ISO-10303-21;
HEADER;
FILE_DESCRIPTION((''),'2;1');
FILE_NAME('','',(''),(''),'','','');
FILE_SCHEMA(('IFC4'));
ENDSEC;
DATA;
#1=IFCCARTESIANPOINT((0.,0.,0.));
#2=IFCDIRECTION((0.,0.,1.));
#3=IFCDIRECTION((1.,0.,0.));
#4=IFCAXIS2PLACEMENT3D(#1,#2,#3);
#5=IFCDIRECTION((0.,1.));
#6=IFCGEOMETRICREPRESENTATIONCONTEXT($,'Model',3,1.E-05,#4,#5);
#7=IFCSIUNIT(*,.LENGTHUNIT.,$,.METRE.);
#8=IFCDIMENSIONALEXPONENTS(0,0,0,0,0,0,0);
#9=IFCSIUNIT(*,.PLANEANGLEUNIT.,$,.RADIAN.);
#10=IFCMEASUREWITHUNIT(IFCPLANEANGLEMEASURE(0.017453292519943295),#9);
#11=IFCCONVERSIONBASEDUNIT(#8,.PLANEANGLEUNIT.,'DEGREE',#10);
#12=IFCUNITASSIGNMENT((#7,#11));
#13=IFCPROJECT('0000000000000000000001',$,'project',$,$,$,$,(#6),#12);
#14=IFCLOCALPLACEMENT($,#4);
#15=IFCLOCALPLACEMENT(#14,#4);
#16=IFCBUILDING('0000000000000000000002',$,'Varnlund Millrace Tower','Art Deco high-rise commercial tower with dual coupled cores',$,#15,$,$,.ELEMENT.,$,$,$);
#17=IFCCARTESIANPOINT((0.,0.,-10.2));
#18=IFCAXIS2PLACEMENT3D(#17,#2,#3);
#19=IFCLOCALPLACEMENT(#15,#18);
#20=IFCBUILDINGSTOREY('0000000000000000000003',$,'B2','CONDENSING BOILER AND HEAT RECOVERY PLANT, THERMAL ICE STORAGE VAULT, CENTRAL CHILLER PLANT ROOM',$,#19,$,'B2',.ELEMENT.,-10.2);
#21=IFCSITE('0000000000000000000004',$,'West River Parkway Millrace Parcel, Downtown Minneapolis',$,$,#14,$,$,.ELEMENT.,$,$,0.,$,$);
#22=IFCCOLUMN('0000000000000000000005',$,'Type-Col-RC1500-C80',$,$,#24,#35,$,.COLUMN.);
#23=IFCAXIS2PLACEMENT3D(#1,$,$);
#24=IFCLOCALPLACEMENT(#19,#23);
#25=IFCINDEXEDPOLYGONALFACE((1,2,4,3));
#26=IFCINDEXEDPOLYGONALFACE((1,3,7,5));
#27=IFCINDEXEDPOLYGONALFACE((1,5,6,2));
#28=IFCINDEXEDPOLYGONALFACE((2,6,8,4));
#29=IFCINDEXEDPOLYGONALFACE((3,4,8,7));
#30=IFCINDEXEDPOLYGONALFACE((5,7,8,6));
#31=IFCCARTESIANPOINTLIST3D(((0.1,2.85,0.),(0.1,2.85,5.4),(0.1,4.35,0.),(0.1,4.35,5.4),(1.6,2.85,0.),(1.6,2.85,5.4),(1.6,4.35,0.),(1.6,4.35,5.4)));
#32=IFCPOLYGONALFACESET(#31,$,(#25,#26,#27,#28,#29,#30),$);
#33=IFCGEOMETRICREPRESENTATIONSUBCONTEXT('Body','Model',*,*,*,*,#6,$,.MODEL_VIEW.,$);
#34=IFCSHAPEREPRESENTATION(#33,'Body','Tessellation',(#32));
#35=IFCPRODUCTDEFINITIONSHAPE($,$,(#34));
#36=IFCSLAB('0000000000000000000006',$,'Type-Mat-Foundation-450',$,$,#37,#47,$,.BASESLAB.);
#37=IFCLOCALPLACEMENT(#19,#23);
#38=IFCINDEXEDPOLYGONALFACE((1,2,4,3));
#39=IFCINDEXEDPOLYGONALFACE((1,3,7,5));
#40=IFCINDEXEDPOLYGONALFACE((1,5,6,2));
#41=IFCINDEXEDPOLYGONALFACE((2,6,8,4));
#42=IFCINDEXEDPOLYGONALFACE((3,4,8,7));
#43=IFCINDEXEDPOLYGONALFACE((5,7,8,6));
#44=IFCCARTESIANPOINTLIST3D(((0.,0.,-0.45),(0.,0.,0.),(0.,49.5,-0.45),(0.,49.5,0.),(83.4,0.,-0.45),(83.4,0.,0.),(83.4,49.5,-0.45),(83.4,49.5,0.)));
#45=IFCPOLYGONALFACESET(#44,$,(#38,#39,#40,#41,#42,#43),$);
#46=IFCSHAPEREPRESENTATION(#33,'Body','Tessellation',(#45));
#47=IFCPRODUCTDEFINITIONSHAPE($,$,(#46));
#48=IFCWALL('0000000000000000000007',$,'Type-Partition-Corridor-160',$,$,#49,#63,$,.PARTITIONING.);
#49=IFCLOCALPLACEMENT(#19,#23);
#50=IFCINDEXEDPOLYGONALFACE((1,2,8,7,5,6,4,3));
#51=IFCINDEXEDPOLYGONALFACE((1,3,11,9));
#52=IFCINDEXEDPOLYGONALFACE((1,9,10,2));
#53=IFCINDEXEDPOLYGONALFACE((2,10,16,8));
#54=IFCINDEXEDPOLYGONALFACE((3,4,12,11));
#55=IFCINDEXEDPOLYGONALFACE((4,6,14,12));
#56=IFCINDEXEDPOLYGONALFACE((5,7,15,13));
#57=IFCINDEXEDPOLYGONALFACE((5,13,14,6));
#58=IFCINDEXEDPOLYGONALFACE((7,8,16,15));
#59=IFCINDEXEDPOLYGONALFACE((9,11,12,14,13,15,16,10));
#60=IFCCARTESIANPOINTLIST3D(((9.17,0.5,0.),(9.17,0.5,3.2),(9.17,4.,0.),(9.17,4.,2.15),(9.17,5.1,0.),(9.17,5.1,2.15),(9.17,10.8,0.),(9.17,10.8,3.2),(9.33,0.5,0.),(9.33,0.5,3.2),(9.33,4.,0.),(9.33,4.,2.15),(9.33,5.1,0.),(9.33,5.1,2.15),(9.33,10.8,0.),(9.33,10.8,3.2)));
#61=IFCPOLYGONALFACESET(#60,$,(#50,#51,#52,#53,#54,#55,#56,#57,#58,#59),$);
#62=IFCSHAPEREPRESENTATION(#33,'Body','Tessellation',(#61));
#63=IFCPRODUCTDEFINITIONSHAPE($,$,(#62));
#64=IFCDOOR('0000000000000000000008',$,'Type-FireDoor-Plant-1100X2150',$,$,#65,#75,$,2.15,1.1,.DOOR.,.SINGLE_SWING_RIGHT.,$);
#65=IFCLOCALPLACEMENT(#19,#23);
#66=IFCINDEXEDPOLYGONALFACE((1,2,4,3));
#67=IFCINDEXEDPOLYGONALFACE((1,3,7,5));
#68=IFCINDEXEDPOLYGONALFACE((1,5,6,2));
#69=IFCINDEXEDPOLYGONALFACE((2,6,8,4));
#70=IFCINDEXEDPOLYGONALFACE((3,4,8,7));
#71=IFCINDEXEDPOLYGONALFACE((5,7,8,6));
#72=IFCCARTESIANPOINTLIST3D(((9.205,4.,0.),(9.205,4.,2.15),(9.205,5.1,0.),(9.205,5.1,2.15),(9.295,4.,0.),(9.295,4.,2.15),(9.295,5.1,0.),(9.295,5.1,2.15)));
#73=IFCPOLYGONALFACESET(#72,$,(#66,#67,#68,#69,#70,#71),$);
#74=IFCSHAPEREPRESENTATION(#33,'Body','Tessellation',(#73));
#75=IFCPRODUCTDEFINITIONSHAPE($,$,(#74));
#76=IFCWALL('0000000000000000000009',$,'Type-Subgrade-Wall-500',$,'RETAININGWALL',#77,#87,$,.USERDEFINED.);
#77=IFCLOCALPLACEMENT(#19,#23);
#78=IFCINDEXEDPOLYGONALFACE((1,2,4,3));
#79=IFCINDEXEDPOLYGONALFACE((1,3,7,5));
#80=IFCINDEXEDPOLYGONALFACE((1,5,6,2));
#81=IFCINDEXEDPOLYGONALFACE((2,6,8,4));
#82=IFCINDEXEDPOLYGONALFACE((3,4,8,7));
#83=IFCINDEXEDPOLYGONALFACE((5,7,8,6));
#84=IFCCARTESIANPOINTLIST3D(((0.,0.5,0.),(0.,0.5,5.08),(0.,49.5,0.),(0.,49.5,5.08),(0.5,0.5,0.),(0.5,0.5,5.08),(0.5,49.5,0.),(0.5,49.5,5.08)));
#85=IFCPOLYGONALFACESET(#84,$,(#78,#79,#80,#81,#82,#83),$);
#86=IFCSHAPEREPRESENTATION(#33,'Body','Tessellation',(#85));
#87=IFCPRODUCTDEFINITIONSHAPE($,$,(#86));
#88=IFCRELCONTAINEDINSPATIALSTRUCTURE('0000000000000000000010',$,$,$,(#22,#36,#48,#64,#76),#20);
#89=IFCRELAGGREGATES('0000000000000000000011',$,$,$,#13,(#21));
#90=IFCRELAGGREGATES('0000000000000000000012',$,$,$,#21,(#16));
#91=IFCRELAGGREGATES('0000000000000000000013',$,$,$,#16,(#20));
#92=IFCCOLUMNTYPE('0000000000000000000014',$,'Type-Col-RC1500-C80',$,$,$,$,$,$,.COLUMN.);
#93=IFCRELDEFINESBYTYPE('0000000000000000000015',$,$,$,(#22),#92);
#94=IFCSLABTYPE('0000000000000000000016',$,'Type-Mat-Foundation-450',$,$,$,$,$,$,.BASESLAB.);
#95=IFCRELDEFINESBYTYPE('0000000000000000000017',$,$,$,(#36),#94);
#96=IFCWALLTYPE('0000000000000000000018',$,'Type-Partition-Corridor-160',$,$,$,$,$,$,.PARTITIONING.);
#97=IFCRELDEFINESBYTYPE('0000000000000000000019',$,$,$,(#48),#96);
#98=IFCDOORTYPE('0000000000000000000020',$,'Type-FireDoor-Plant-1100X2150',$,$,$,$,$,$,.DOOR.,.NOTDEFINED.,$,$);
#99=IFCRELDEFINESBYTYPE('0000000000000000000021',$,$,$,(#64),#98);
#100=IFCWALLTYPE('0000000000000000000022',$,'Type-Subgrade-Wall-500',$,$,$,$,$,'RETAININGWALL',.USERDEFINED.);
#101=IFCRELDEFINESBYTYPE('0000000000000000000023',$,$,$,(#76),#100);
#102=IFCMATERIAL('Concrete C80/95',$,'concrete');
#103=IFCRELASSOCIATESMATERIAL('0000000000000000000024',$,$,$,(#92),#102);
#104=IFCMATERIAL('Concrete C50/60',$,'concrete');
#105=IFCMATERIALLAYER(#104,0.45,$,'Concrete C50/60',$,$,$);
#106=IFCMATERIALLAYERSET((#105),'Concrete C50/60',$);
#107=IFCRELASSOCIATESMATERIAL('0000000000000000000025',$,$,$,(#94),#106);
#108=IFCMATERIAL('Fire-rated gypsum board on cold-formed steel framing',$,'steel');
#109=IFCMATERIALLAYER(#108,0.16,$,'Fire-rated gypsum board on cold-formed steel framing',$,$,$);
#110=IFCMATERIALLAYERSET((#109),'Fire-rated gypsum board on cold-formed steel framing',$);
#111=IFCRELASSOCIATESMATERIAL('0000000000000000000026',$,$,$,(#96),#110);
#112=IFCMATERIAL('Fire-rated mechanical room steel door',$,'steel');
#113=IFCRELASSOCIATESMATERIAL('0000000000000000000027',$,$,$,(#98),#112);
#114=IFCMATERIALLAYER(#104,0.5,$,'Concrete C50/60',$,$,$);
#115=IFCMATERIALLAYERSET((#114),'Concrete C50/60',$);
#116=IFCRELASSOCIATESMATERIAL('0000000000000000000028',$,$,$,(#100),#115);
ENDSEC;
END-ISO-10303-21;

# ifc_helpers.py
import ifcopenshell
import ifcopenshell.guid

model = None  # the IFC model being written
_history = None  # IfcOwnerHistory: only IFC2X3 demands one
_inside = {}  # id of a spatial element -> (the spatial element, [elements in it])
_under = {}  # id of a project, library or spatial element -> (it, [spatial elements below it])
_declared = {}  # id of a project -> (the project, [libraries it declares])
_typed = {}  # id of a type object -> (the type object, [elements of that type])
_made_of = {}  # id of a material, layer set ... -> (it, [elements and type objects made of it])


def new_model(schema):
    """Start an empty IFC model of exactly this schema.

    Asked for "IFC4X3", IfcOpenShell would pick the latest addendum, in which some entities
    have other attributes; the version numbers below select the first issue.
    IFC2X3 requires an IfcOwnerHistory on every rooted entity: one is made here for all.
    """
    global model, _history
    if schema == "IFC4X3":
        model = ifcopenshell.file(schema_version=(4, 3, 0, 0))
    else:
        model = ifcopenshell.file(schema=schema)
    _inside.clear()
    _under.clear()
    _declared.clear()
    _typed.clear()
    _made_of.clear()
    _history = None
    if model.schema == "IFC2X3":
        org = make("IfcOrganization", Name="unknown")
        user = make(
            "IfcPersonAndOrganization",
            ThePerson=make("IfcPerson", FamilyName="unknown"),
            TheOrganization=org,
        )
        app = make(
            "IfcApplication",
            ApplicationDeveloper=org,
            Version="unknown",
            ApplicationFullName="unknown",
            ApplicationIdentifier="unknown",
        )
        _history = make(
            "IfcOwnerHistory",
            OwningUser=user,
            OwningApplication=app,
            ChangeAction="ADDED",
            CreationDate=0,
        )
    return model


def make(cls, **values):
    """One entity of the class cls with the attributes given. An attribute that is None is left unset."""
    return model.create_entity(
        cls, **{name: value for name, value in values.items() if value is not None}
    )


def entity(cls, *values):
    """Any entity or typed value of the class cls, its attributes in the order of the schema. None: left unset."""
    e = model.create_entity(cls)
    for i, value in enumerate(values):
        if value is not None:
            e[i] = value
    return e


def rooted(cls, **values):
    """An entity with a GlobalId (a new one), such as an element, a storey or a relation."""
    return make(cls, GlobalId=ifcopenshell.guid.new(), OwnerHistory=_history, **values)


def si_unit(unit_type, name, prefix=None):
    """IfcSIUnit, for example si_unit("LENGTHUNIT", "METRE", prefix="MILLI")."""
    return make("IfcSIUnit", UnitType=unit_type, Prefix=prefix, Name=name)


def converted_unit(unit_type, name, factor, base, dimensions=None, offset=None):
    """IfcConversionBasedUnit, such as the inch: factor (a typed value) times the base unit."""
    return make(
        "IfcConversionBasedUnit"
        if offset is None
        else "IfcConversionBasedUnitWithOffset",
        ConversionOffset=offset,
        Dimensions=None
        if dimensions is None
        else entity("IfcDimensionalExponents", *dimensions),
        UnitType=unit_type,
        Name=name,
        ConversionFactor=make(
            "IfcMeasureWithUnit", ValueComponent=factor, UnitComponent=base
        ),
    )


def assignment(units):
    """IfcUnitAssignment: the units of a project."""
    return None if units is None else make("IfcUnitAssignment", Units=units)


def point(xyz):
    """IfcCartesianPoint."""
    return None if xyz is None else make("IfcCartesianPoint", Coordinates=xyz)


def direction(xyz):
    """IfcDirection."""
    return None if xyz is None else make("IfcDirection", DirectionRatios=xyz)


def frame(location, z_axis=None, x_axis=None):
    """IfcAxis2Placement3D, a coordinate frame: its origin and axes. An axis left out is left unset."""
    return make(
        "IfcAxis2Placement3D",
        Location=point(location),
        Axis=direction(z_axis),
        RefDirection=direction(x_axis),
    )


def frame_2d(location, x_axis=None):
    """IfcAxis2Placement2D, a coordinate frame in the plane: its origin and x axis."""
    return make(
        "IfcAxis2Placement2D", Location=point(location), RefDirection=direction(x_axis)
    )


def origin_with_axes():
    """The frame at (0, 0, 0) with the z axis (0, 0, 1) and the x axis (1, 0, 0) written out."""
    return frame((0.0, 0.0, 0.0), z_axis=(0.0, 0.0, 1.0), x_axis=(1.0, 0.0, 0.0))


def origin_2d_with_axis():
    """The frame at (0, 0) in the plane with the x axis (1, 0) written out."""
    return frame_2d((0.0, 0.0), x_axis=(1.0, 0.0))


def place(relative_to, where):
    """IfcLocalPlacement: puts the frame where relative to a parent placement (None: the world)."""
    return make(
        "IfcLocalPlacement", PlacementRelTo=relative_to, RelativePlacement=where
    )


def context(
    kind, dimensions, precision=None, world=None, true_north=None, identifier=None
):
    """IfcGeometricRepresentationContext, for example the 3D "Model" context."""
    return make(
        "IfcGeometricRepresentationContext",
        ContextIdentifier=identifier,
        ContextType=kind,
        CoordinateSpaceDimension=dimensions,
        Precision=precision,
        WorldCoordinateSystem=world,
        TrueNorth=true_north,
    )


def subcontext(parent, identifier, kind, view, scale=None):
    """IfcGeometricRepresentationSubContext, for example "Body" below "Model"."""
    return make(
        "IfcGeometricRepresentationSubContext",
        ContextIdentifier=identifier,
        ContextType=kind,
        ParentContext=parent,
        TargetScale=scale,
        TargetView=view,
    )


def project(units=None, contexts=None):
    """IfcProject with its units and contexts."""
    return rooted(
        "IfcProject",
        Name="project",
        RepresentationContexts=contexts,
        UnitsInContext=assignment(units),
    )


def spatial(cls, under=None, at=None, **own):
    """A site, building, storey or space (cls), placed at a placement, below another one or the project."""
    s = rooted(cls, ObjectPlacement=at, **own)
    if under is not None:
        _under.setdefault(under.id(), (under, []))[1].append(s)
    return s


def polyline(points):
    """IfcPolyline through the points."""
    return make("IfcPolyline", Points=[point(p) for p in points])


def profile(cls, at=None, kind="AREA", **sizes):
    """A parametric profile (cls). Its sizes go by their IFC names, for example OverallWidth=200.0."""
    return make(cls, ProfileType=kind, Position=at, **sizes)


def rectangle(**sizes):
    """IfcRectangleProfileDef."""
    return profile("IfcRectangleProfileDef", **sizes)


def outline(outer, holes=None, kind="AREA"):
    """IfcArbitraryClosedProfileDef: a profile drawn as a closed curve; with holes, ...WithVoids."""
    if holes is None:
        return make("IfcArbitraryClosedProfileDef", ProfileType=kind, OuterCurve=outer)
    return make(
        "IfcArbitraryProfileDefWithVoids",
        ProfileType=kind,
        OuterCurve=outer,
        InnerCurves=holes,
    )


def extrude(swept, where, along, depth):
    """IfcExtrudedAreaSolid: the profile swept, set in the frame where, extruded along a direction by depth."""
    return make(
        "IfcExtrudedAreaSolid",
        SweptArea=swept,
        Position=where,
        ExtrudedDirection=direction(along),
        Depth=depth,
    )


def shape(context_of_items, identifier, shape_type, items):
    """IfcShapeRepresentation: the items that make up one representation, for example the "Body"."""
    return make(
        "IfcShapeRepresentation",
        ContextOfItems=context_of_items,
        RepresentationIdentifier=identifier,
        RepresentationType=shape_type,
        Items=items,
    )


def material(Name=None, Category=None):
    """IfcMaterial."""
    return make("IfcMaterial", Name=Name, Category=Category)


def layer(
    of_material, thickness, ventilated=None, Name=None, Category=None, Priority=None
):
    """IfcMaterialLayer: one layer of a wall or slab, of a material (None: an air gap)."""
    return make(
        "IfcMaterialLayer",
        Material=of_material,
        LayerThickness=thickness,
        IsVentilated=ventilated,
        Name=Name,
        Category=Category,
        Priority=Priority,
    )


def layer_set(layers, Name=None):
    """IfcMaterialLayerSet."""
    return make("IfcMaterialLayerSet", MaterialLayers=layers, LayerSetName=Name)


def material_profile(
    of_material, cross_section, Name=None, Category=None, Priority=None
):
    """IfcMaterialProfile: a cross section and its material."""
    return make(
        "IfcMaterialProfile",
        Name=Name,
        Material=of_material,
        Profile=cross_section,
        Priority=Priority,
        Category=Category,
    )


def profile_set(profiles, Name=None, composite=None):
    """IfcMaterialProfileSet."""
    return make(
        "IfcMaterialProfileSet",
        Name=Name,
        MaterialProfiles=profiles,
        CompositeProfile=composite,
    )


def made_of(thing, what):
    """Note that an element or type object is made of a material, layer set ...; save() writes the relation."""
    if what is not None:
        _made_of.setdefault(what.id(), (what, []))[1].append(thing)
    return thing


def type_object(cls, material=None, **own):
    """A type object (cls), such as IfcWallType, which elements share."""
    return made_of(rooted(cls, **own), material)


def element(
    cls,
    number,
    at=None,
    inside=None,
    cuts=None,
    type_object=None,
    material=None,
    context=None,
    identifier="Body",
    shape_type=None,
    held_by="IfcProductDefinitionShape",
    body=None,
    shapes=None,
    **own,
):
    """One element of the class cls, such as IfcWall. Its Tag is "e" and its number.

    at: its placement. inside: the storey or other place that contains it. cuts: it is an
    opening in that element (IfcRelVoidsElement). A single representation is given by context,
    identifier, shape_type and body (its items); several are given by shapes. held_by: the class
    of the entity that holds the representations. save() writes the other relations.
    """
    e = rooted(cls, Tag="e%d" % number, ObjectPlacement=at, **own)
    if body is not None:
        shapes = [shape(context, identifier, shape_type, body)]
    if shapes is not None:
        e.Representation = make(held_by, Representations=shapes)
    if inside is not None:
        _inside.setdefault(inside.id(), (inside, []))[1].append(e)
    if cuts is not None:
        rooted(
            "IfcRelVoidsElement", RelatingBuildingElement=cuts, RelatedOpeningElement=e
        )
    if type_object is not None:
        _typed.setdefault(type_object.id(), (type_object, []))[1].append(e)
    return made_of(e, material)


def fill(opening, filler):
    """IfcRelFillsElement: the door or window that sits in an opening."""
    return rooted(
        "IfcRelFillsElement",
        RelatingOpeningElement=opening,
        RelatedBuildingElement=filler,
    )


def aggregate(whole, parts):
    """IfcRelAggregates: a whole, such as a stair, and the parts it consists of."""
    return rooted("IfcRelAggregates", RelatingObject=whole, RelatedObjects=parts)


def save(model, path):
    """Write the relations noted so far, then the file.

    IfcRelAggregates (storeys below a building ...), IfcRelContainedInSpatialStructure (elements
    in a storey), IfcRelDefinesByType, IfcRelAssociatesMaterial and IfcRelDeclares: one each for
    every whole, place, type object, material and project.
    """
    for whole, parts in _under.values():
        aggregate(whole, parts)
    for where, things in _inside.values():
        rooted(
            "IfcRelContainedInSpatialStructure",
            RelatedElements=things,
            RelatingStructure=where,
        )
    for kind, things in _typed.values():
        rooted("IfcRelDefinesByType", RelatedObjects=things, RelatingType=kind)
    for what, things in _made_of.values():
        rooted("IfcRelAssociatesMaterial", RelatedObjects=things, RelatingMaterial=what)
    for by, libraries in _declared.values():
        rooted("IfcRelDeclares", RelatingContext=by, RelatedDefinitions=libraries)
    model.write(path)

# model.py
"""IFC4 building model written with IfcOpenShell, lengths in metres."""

from ifc_helpers import new_model, entity, si_unit, converted_unit, direction, frame, origin_with_axes, origin_2d_with_axis, place, context, subcontext, project, spatial, polyline, rectangle, outline, extrude, material, layer, layer_set, material_profile, profile_set, type_object, element, fill, save


model = new_model("IFC4")

# Units and contexts
model_context = context("Model", 3, precision=1e-05, world=origin_with_axes(), true_north=direction((0.0, 1.0)))
body_context = subcontext(model_context, "Body", "Model", "MODEL_VIEW")
ifc_project = project(units=[si_unit("LENGTHUNIT", "METRE"), converted_unit("PLANEANGLEUNIT", "DEGREE", entity("IfcPlaneAngleMeasure", 0.017453292519943295), si_unit("PLANEANGLEUNIT", "RADIAN"), dimensions=[0, 0, 0, 0, 0, 0, 0])], contexts=[model_context])

# Site, building, storey
site_placement = place(None, origin_with_axes())
site = spatial("IfcSite", under=ifc_project, at=site_placement, Name="West River Parkway Millrace Parcel, Downtown Minneapolis", CompositionType="ELEMENT", RefElevation=0.0)
building_placement = place(site_placement, origin_with_axes())
building = spatial("IfcBuilding", under=site, at=building_placement, Name="Varnlund Millrace Tower", Description="Art Deco high-rise commercial tower with dual coupled cores", CompositionType="ELEMENT")
storey_placement = place(building_placement, frame((0.0, 0.0, -10.2), z_axis=(0.0, 0.0, 1.0), x_axis=(1.0, 0.0, 0.0)))
storey = spatial("IfcBuildingStorey", under=building, at=storey_placement, Name="B2", Description="CONDENSING BOILER AND HEAT RECOVERY PLANT, THERMAL ICE STORAGE VAULT, CENTRAL CHILLER PLANT ROOM", LongName="B2", CompositionType="ELEMENT", Elevation=-10.2)

# Shared definitions
ifc_material_1 = material(Name="Concrete C50/60", Category="concrete")

# Column
ifc_material_2 = material(Name="Concrete C80/95", Category="concrete")
ifc_material_profile_1 = material_profile(ifc_material_2, rectangle(XDim=1.5, YDim=1.5, at=origin_2d_with_axis()), Name="Concrete C80/95")
ifc_profile_set_1 = profile_set([ifc_material_profile_1], Name="Concrete C80/95")
column_type = type_object("IfcColumnType", Name="Type-Col-RC1500-C80", PredefinedType="COLUMN", material=ifc_profile_set_1)
column_placement = place(storey_placement, frame((0.85, 3.6, 0.0), z_axis=(0.0, 0.0, 1.0), x_axis=(1.0, 0.0, 0.0)))
element("IfcColumn", 1, at=column_placement, inside=storey, type_object=column_type, Name="Type-Col-RC1500-C80", PredefinedType="COLUMN", context=body_context, shape_type="SweptSolid", body=[
    extrude(rectangle(XDim=1.5, YDim=1.5, at=origin_2d_with_axis()), origin_with_axes(), (0.0, 0.0, 1.0), 5.4),
])

# Slab
ifc_layer_1 = layer(ifc_material_1, 0.45, Name="Concrete C50/60")
ifc_layer_set_1 = layer_set([ifc_layer_1], Name="Concrete C50/60")
slab_type = type_object("IfcSlabType", Name="Type-Mat-Foundation-450", PredefinedType="BASESLAB", material=ifc_layer_set_1)
slab_placement = place(storey_placement, frame((0.0, 0.0, -0.45), z_axis=(0.0, 0.0, 1.0), x_axis=(1.0, 0.0, 0.0)))
element("IfcSlab", 2, at=slab_placement, inside=storey, type_object=slab_type, Name="Type-Mat-Foundation-450", PredefinedType="BASESLAB", context=body_context, shape_type="SweptSolid", body=[
    extrude(outline(polyline([(83.4, 0.0), (83.4, 49.5), (0.0, 49.5), (0.0, 0.0), (83.4, 0.0)])), origin_with_axes(), (0.0, 0.0, 1.0), 0.45),
])

# Wall, opening, door
ifc_material_3 = material(Name="Fire-rated gypsum board on cold-formed steel framing", Category="steel")
ifc_layer_2 = layer(ifc_material_3, 0.16, Name="Fire-rated gypsum board on cold-formed steel framing")
ifc_layer_set_2 = layer_set([ifc_layer_2], Name="Fire-rated gypsum board on cold-formed steel framing")
wall_type_1 = type_object("IfcWallType", Name="Type-Partition-Corridor-160", PredefinedType="PARTITIONING", material=ifc_layer_set_2)
wall_1_placement = place(storey_placement, frame((9.25, 0.5, 0.0), z_axis=(0.0, 0.0, 1.0), x_axis=(0.0, 1.0, 0.0)))
wall_1 = element("IfcWall", 3, at=wall_1_placement, inside=storey, type_object=wall_type_1, Name="Type-Partition-Corridor-160", PredefinedType="PARTITIONING", context=body_context, shape_type="SweptSolid", body=[
    extrude(outline(polyline([(0.0, -0.08), (10.3, -0.08), (10.3, 0.08), (0.0, 0.08), (0.0, -0.08)])), origin_with_axes(), (0.0, 0.0, 1.0), 3.2),
])
opening_placement = place(wall_1_placement, frame((4.05, 0.0, 0.0), z_axis=(0.0, 0.0, 1.0), x_axis=(1.0, 0.0, 0.0)))
opening = element("IfcOpeningElement", 4, at=opening_placement, cuts=wall_1, PredefinedType="OPENING", context=body_context, shape_type="SweptSolid", body=[
    extrude(rectangle(XDim=1.1, YDim=0.18, at=origin_2d_with_axis()), origin_with_axes(), (0.0, 0.0, 1.0), 2.15),
])
ifc_material_4 = material(Name="Fire-rated mechanical room steel door", Category="steel")
door_type = type_object("IfcDoorType", Name="Type-FireDoor-Plant-1100X2150", OperationType="NOTDEFINED", PredefinedType="DOOR", material=ifc_material_4)
door_placement = place(wall_1_placement, frame((4.05, 0.0, 0.0), z_axis=(0.0, 0.0, 1.0), x_axis=(1.0, 0.0, 0.0)))
door = element("IfcDoor", 5, at=door_placement, inside=storey, type_object=door_type, Name="Type-FireDoor-Plant-1100X2150", OperationType="SINGLE_SWING_RIGHT", OverallHeight=2.15, OverallWidth=1.1, PredefinedType="DOOR", context=body_context, shape_type="SweptSolid", body=[
    extrude(rectangle(XDim=1.1, YDim=0.09, at=origin_2d_with_axis()), origin_with_axes(), (0.0, 0.0, 1.0), 2.15),
])
fill(opening, door)

# Wall
ifc_layer_3 = layer(ifc_material_1, 0.5, Name="Concrete C50/60")
ifc_layer_set_3 = layer_set([ifc_layer_3], Name="Concrete C50/60")
wall_type_2 = type_object("IfcWallType", Name="Type-Subgrade-Wall-500", ElementType="RETAININGWALL", PredefinedType="USERDEFINED", material=ifc_layer_set_3)
wall_2_placement = place(storey_placement, frame((0.25, 0.5, 0.0), z_axis=(0.0, 0.0, 1.0), x_axis=(0.0, 1.0, 0.0)))
element("IfcWall", 6, at=wall_2_placement, inside=storey, type_object=wall_type_2, Name="Type-Subgrade-Wall-500", ObjectType="RETAININGWALL", PredefinedType="USERDEFINED", context=body_context, shape_type="SweptSolid", body=[
    extrude(outline(polyline([(0.0, -0.25), (49.0, -0.25), (49.0, 0.25), (0.0, 0.25), (0.0, -0.25)])), origin_with_axes(), (0.0, 0.0, 1.0), 5.08),
])

save(model, "model.ifc")
